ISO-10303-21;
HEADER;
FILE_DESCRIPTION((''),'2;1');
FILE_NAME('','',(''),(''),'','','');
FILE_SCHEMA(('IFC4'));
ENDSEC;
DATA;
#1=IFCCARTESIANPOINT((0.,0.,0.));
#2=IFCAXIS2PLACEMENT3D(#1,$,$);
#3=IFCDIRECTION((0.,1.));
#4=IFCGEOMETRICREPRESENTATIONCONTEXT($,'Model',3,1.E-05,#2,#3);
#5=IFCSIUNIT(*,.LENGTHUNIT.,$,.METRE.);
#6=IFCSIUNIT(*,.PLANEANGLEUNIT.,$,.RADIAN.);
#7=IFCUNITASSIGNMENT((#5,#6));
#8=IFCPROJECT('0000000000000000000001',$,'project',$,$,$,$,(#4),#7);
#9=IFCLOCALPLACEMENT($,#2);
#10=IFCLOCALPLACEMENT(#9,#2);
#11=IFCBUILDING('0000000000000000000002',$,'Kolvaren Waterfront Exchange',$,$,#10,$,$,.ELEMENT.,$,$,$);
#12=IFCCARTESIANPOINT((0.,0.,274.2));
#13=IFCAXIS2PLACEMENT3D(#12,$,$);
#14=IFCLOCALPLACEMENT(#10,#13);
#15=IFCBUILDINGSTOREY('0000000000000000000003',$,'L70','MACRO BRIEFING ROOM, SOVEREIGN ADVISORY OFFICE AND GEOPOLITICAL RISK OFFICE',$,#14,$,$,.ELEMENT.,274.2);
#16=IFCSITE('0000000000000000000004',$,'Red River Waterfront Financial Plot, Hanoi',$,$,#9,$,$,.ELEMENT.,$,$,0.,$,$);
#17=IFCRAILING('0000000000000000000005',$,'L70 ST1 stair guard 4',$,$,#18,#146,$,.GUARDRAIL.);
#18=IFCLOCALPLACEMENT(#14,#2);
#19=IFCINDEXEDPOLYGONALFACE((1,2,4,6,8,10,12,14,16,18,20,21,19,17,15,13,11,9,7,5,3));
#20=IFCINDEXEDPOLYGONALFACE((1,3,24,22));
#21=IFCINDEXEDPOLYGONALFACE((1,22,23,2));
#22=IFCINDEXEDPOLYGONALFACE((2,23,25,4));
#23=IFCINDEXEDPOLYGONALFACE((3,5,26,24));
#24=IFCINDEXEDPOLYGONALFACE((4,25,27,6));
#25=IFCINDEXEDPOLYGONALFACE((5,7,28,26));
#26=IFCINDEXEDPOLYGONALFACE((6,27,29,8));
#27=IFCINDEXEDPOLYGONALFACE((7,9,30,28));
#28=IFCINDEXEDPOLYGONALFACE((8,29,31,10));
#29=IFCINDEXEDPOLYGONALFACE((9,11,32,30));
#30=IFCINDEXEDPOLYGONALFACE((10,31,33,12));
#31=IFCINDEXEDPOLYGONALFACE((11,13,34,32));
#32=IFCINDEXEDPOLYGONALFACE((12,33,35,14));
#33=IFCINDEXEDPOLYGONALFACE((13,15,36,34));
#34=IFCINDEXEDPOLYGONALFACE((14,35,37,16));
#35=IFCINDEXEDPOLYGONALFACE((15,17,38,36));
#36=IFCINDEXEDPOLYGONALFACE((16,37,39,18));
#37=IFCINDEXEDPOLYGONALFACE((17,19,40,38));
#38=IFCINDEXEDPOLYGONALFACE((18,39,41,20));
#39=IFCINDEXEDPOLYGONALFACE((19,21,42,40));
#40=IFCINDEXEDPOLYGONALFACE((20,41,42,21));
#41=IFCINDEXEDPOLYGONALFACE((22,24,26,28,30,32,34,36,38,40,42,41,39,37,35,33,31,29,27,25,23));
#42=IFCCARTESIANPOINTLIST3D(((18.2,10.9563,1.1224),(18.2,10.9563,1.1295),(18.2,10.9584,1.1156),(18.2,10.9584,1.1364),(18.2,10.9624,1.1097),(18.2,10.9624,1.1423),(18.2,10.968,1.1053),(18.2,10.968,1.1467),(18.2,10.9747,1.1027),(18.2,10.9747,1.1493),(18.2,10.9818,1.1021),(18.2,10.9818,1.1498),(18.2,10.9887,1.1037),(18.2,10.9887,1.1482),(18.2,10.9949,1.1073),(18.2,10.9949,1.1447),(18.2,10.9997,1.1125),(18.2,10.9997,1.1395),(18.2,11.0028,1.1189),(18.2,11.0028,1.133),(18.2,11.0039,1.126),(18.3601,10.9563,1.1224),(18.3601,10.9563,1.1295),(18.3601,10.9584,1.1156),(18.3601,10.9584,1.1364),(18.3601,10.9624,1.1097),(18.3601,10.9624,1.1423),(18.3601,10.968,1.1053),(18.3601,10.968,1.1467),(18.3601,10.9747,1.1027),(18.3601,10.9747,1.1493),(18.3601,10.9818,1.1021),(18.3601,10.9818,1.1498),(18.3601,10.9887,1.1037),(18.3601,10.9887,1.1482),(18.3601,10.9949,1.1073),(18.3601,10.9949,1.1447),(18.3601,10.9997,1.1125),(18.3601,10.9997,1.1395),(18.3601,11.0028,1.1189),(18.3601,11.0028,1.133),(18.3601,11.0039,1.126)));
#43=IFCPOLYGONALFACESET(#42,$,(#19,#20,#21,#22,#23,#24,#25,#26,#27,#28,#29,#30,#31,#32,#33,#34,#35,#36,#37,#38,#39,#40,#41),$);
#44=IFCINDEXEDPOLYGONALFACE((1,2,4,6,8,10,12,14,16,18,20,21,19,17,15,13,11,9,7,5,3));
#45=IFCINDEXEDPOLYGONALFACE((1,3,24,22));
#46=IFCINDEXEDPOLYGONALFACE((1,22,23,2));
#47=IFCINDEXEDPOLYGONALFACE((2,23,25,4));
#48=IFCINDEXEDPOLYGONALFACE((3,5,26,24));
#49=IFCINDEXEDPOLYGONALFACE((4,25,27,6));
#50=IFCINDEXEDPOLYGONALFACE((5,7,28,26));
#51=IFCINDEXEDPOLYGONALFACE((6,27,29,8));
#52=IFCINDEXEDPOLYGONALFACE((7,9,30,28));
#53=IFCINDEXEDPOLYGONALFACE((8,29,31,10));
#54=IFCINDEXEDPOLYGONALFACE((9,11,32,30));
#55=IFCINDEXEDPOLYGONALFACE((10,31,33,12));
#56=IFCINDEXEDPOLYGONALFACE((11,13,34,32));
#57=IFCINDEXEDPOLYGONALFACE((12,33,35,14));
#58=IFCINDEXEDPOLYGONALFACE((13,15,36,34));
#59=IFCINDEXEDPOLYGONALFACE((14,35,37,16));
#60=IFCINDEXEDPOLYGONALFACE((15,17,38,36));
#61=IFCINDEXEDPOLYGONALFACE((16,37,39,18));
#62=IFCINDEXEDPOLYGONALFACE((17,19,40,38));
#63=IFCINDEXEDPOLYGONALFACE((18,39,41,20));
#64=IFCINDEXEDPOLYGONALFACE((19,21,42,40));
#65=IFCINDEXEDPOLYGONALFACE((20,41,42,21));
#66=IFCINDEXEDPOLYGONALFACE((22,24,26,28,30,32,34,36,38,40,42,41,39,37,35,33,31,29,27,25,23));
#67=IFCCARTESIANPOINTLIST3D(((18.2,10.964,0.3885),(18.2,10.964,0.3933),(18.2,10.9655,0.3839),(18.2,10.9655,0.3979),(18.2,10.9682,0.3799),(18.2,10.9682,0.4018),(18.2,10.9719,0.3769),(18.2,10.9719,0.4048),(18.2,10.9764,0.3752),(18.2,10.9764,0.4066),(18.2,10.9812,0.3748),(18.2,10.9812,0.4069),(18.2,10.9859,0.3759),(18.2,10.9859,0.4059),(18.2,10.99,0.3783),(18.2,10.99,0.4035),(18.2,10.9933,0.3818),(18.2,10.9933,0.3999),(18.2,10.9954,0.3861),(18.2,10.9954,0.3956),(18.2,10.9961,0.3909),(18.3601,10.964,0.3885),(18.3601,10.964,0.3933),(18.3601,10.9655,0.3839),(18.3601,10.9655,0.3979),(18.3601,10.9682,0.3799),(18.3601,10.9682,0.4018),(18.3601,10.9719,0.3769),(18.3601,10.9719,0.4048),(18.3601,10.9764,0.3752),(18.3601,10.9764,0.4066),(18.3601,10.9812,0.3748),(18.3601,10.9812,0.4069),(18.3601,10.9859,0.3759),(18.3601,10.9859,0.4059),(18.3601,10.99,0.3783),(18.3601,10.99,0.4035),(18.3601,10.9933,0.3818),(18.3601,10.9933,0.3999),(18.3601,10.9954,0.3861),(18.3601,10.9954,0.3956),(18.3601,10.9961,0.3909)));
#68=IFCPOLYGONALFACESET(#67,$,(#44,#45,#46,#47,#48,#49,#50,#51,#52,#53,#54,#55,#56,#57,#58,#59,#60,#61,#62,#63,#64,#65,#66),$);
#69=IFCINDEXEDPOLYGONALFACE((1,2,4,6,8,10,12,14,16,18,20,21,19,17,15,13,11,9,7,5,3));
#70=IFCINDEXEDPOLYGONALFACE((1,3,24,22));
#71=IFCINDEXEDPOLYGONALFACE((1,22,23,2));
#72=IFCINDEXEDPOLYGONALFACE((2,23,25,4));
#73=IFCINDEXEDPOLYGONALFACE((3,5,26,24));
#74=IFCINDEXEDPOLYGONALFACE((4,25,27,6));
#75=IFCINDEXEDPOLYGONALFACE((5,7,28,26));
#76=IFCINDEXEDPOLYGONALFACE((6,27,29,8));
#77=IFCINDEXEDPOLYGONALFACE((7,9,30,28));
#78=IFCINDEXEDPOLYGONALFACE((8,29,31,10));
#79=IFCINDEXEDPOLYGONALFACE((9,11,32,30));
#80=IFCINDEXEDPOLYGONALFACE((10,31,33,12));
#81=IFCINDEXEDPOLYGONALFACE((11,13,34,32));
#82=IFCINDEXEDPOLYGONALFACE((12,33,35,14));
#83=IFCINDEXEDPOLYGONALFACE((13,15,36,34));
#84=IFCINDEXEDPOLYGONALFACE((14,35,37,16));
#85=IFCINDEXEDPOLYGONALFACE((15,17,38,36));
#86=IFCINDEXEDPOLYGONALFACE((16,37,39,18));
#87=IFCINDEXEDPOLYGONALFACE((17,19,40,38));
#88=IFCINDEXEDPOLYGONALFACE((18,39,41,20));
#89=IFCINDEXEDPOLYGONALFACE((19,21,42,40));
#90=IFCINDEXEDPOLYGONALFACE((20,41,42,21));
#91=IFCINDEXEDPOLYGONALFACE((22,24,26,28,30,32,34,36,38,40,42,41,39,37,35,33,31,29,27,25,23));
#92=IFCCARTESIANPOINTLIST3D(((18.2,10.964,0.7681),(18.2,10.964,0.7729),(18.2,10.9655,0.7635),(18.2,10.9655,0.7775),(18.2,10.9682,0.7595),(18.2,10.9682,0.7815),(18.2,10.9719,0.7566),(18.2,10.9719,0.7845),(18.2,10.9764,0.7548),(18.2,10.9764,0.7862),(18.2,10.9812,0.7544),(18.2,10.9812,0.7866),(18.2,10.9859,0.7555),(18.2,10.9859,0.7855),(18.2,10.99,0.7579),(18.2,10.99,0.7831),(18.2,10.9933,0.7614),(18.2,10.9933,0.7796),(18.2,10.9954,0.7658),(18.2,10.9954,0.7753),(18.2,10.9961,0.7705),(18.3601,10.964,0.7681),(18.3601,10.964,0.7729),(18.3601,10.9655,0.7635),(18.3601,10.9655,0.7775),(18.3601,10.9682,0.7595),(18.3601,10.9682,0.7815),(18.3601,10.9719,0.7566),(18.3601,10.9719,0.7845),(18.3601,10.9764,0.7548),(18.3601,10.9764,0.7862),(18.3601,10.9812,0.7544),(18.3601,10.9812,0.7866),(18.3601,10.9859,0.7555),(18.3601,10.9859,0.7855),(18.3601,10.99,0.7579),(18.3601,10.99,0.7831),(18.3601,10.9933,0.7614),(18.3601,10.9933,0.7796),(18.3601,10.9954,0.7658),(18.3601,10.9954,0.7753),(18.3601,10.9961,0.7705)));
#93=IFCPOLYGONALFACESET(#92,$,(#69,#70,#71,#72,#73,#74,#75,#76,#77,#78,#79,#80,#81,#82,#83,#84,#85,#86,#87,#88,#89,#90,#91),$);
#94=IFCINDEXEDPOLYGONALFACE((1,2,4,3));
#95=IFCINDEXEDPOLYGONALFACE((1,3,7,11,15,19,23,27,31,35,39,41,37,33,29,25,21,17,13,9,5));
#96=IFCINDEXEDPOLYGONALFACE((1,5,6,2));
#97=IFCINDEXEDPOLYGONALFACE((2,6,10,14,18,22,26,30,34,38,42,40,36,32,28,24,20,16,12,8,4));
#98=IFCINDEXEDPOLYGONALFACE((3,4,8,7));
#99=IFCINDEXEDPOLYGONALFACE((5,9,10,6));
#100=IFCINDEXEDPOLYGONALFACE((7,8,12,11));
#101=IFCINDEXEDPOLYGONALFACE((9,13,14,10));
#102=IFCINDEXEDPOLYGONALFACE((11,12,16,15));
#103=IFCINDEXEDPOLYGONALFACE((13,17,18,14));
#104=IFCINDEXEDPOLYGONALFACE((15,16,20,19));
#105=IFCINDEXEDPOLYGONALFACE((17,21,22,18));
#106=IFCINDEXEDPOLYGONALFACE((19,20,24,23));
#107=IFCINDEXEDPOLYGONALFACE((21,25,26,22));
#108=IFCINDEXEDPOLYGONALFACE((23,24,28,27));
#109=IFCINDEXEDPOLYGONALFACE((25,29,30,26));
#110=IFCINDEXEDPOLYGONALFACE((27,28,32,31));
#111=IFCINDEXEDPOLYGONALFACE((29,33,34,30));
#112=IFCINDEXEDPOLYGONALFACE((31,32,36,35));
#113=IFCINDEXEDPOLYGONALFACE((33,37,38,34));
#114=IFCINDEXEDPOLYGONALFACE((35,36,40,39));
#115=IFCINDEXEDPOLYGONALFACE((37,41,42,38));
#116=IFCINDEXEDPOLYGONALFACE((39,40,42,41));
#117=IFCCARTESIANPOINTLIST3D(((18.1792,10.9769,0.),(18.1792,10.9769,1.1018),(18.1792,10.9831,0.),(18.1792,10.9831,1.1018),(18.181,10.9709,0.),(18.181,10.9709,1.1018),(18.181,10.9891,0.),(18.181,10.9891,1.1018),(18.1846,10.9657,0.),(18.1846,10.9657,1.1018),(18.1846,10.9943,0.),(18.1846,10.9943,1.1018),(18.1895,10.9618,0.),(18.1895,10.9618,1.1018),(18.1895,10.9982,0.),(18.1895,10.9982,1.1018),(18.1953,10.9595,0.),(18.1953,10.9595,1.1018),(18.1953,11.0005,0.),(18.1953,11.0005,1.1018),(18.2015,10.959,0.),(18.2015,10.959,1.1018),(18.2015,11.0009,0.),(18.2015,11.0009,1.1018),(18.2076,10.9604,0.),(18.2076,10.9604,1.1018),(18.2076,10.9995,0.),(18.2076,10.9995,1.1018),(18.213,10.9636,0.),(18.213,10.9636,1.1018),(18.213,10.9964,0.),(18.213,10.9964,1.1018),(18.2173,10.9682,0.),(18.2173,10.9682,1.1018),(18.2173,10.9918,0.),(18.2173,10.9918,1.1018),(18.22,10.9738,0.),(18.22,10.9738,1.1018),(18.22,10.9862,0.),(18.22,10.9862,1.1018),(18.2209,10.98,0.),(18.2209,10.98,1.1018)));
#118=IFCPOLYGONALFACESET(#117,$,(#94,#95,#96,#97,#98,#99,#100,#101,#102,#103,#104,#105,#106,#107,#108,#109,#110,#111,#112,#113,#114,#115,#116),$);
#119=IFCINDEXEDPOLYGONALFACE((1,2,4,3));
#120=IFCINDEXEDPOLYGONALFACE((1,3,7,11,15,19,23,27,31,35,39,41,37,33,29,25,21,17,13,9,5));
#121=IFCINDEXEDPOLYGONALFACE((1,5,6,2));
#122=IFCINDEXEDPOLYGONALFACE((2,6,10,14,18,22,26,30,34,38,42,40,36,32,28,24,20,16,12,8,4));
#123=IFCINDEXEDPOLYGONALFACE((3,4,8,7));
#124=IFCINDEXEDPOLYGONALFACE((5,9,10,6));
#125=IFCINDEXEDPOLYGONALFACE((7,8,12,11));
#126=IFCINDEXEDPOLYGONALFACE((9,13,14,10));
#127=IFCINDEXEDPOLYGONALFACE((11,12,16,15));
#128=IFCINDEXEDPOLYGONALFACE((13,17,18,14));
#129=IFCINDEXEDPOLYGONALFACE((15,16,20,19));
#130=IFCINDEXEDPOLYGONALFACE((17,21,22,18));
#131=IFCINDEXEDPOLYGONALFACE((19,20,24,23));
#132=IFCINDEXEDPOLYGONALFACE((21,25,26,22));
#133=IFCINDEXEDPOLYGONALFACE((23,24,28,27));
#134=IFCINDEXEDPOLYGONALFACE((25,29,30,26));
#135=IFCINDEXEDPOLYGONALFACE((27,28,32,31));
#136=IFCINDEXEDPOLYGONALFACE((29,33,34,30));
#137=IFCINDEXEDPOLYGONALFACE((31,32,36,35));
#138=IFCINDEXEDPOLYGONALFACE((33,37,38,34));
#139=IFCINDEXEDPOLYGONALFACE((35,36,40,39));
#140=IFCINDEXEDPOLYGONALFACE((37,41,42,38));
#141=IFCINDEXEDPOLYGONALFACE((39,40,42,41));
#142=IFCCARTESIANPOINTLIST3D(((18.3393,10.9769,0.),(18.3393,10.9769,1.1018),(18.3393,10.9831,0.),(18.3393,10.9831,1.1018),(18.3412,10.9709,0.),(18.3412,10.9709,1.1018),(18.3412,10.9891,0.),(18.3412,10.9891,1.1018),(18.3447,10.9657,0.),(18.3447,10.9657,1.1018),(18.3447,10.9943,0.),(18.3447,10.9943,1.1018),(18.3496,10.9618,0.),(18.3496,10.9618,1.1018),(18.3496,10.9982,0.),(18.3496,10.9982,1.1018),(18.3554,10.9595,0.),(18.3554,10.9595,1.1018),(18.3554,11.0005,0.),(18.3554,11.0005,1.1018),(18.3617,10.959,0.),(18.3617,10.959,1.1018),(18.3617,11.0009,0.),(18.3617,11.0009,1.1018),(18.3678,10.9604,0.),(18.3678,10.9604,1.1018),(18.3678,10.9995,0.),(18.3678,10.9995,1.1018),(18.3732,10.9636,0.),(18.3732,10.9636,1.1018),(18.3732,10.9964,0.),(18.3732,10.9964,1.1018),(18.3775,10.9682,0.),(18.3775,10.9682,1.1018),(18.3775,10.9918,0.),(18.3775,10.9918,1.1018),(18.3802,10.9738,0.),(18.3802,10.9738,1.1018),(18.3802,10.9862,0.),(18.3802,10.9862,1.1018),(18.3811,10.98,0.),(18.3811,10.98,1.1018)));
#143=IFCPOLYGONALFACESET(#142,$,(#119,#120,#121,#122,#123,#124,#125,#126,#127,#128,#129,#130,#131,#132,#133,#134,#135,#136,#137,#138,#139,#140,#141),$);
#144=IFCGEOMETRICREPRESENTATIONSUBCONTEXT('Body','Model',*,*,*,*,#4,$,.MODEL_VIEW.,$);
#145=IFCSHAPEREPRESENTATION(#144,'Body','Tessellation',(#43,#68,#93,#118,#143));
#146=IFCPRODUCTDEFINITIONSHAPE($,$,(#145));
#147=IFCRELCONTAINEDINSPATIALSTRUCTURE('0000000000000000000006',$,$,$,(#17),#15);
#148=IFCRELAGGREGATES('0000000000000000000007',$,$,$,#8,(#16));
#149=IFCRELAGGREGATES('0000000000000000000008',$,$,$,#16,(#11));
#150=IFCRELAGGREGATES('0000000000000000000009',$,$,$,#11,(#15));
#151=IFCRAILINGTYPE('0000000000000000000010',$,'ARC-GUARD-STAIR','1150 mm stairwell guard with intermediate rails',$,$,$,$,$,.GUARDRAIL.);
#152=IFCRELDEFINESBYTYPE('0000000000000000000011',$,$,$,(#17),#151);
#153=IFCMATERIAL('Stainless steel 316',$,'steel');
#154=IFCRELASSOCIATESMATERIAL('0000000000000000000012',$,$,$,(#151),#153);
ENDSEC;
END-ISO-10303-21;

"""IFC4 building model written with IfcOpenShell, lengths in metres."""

from ifc_helpers import new_model, si_unit, direction, frame, origin, origin_2d, place, context, subcontext, project, spatial, circle, extrude, material, type_object, element, save


model = new_model("IFC4")

# Units and contexts
model_context = context("Model", 3, precision=1e-05, world=origin(), true_north=direction((0.0, 1.0)))
body_context = subcontext(model_context, "Body", "Model", "MODEL_VIEW")
ifc_project = project(units=[si_unit("LENGTHUNIT", "METRE"), si_unit("PLANEANGLEUNIT", "RADIAN")], contexts=[model_context])

# Site, building, storey
site_placement = place(None, origin())
site = spatial("IfcSite", under=ifc_project, at=site_placement, Name="Red River Waterfront Financial Plot, Hanoi", CompositionType="ELEMENT", RefElevation=0.0)
building_placement = place(site_placement, origin())
building = spatial("IfcBuilding", under=site, at=building_placement, Name="Kolvaren Waterfront Exchange", CompositionType="ELEMENT")
storey_placement = place(building_placement, frame((0.0, 0.0, 274.2)))
storey = spatial("IfcBuildingStorey", under=building, at=storey_placement, Name="L70", Description="MACRO BRIEFING ROOM, SOVEREIGN ADVISORY OFFICE AND GEOPOLITICAL RISK OFFICE", CompositionType="ELEMENT", Elevation=274.2)

# Railing
ifc_material_1 = material(Name="Stainless steel 316", Category="steel")
railing_type_1 = type_object("IfcRailingType", Name="ARC-GUARD-STAIR", Description="1150 mm stairwell guard with intermediate rails", PredefinedType="GUARDRAIL", material=ifc_material_1)
railing_1_placement = place(storey_placement, frame((18.2, 10.98, 0.0)))
element("IfcRailing", 1, at=railing_1_placement, inside=storey, type_object=railing_type_1, Name="L70 ST1 stair guard 4", PredefinedType="GUARDRAIL", context=body_context, shape_type="SweptSolid", body=[
    extrude(circle(Radius=0.0239, at=origin_2d()), frame((0.0, 0.0, 1.126), z_axis=(1.0, 0.0, 0.0), x_axis=(0.0, 1.0, 0.0)), (0.0, 0.0, 1.0), 0.1602),
    extrude(circle(Radius=0.0161, at=origin_2d()), frame((0.0, 0.0, 0.3909), z_axis=(1.0, 0.0, 0.0), x_axis=(0.0, 1.0, 0.0)), (0.0, 0.0, 1.0), 0.1602),
    extrude(circle(Radius=0.0161, at=origin_2d()), frame((0.0, 0.0, 0.7705), z_axis=(1.0, 0.0, 0.0), x_axis=(0.0, 1.0, 0.0)), (0.0, 0.0, 1.0), 0.1602),
    extrude(circle(Radius=0.021, at=origin_2d()), origin(), (0.0, 0.0, 1.0), 1.1018),
    extrude(circle(Radius=0.021, at=origin_2d()), frame((0.1602, 0.0, 0.0)), (0.0, 0.0, 1.0), 1.1018),
])

save(model, "model.ifc")
